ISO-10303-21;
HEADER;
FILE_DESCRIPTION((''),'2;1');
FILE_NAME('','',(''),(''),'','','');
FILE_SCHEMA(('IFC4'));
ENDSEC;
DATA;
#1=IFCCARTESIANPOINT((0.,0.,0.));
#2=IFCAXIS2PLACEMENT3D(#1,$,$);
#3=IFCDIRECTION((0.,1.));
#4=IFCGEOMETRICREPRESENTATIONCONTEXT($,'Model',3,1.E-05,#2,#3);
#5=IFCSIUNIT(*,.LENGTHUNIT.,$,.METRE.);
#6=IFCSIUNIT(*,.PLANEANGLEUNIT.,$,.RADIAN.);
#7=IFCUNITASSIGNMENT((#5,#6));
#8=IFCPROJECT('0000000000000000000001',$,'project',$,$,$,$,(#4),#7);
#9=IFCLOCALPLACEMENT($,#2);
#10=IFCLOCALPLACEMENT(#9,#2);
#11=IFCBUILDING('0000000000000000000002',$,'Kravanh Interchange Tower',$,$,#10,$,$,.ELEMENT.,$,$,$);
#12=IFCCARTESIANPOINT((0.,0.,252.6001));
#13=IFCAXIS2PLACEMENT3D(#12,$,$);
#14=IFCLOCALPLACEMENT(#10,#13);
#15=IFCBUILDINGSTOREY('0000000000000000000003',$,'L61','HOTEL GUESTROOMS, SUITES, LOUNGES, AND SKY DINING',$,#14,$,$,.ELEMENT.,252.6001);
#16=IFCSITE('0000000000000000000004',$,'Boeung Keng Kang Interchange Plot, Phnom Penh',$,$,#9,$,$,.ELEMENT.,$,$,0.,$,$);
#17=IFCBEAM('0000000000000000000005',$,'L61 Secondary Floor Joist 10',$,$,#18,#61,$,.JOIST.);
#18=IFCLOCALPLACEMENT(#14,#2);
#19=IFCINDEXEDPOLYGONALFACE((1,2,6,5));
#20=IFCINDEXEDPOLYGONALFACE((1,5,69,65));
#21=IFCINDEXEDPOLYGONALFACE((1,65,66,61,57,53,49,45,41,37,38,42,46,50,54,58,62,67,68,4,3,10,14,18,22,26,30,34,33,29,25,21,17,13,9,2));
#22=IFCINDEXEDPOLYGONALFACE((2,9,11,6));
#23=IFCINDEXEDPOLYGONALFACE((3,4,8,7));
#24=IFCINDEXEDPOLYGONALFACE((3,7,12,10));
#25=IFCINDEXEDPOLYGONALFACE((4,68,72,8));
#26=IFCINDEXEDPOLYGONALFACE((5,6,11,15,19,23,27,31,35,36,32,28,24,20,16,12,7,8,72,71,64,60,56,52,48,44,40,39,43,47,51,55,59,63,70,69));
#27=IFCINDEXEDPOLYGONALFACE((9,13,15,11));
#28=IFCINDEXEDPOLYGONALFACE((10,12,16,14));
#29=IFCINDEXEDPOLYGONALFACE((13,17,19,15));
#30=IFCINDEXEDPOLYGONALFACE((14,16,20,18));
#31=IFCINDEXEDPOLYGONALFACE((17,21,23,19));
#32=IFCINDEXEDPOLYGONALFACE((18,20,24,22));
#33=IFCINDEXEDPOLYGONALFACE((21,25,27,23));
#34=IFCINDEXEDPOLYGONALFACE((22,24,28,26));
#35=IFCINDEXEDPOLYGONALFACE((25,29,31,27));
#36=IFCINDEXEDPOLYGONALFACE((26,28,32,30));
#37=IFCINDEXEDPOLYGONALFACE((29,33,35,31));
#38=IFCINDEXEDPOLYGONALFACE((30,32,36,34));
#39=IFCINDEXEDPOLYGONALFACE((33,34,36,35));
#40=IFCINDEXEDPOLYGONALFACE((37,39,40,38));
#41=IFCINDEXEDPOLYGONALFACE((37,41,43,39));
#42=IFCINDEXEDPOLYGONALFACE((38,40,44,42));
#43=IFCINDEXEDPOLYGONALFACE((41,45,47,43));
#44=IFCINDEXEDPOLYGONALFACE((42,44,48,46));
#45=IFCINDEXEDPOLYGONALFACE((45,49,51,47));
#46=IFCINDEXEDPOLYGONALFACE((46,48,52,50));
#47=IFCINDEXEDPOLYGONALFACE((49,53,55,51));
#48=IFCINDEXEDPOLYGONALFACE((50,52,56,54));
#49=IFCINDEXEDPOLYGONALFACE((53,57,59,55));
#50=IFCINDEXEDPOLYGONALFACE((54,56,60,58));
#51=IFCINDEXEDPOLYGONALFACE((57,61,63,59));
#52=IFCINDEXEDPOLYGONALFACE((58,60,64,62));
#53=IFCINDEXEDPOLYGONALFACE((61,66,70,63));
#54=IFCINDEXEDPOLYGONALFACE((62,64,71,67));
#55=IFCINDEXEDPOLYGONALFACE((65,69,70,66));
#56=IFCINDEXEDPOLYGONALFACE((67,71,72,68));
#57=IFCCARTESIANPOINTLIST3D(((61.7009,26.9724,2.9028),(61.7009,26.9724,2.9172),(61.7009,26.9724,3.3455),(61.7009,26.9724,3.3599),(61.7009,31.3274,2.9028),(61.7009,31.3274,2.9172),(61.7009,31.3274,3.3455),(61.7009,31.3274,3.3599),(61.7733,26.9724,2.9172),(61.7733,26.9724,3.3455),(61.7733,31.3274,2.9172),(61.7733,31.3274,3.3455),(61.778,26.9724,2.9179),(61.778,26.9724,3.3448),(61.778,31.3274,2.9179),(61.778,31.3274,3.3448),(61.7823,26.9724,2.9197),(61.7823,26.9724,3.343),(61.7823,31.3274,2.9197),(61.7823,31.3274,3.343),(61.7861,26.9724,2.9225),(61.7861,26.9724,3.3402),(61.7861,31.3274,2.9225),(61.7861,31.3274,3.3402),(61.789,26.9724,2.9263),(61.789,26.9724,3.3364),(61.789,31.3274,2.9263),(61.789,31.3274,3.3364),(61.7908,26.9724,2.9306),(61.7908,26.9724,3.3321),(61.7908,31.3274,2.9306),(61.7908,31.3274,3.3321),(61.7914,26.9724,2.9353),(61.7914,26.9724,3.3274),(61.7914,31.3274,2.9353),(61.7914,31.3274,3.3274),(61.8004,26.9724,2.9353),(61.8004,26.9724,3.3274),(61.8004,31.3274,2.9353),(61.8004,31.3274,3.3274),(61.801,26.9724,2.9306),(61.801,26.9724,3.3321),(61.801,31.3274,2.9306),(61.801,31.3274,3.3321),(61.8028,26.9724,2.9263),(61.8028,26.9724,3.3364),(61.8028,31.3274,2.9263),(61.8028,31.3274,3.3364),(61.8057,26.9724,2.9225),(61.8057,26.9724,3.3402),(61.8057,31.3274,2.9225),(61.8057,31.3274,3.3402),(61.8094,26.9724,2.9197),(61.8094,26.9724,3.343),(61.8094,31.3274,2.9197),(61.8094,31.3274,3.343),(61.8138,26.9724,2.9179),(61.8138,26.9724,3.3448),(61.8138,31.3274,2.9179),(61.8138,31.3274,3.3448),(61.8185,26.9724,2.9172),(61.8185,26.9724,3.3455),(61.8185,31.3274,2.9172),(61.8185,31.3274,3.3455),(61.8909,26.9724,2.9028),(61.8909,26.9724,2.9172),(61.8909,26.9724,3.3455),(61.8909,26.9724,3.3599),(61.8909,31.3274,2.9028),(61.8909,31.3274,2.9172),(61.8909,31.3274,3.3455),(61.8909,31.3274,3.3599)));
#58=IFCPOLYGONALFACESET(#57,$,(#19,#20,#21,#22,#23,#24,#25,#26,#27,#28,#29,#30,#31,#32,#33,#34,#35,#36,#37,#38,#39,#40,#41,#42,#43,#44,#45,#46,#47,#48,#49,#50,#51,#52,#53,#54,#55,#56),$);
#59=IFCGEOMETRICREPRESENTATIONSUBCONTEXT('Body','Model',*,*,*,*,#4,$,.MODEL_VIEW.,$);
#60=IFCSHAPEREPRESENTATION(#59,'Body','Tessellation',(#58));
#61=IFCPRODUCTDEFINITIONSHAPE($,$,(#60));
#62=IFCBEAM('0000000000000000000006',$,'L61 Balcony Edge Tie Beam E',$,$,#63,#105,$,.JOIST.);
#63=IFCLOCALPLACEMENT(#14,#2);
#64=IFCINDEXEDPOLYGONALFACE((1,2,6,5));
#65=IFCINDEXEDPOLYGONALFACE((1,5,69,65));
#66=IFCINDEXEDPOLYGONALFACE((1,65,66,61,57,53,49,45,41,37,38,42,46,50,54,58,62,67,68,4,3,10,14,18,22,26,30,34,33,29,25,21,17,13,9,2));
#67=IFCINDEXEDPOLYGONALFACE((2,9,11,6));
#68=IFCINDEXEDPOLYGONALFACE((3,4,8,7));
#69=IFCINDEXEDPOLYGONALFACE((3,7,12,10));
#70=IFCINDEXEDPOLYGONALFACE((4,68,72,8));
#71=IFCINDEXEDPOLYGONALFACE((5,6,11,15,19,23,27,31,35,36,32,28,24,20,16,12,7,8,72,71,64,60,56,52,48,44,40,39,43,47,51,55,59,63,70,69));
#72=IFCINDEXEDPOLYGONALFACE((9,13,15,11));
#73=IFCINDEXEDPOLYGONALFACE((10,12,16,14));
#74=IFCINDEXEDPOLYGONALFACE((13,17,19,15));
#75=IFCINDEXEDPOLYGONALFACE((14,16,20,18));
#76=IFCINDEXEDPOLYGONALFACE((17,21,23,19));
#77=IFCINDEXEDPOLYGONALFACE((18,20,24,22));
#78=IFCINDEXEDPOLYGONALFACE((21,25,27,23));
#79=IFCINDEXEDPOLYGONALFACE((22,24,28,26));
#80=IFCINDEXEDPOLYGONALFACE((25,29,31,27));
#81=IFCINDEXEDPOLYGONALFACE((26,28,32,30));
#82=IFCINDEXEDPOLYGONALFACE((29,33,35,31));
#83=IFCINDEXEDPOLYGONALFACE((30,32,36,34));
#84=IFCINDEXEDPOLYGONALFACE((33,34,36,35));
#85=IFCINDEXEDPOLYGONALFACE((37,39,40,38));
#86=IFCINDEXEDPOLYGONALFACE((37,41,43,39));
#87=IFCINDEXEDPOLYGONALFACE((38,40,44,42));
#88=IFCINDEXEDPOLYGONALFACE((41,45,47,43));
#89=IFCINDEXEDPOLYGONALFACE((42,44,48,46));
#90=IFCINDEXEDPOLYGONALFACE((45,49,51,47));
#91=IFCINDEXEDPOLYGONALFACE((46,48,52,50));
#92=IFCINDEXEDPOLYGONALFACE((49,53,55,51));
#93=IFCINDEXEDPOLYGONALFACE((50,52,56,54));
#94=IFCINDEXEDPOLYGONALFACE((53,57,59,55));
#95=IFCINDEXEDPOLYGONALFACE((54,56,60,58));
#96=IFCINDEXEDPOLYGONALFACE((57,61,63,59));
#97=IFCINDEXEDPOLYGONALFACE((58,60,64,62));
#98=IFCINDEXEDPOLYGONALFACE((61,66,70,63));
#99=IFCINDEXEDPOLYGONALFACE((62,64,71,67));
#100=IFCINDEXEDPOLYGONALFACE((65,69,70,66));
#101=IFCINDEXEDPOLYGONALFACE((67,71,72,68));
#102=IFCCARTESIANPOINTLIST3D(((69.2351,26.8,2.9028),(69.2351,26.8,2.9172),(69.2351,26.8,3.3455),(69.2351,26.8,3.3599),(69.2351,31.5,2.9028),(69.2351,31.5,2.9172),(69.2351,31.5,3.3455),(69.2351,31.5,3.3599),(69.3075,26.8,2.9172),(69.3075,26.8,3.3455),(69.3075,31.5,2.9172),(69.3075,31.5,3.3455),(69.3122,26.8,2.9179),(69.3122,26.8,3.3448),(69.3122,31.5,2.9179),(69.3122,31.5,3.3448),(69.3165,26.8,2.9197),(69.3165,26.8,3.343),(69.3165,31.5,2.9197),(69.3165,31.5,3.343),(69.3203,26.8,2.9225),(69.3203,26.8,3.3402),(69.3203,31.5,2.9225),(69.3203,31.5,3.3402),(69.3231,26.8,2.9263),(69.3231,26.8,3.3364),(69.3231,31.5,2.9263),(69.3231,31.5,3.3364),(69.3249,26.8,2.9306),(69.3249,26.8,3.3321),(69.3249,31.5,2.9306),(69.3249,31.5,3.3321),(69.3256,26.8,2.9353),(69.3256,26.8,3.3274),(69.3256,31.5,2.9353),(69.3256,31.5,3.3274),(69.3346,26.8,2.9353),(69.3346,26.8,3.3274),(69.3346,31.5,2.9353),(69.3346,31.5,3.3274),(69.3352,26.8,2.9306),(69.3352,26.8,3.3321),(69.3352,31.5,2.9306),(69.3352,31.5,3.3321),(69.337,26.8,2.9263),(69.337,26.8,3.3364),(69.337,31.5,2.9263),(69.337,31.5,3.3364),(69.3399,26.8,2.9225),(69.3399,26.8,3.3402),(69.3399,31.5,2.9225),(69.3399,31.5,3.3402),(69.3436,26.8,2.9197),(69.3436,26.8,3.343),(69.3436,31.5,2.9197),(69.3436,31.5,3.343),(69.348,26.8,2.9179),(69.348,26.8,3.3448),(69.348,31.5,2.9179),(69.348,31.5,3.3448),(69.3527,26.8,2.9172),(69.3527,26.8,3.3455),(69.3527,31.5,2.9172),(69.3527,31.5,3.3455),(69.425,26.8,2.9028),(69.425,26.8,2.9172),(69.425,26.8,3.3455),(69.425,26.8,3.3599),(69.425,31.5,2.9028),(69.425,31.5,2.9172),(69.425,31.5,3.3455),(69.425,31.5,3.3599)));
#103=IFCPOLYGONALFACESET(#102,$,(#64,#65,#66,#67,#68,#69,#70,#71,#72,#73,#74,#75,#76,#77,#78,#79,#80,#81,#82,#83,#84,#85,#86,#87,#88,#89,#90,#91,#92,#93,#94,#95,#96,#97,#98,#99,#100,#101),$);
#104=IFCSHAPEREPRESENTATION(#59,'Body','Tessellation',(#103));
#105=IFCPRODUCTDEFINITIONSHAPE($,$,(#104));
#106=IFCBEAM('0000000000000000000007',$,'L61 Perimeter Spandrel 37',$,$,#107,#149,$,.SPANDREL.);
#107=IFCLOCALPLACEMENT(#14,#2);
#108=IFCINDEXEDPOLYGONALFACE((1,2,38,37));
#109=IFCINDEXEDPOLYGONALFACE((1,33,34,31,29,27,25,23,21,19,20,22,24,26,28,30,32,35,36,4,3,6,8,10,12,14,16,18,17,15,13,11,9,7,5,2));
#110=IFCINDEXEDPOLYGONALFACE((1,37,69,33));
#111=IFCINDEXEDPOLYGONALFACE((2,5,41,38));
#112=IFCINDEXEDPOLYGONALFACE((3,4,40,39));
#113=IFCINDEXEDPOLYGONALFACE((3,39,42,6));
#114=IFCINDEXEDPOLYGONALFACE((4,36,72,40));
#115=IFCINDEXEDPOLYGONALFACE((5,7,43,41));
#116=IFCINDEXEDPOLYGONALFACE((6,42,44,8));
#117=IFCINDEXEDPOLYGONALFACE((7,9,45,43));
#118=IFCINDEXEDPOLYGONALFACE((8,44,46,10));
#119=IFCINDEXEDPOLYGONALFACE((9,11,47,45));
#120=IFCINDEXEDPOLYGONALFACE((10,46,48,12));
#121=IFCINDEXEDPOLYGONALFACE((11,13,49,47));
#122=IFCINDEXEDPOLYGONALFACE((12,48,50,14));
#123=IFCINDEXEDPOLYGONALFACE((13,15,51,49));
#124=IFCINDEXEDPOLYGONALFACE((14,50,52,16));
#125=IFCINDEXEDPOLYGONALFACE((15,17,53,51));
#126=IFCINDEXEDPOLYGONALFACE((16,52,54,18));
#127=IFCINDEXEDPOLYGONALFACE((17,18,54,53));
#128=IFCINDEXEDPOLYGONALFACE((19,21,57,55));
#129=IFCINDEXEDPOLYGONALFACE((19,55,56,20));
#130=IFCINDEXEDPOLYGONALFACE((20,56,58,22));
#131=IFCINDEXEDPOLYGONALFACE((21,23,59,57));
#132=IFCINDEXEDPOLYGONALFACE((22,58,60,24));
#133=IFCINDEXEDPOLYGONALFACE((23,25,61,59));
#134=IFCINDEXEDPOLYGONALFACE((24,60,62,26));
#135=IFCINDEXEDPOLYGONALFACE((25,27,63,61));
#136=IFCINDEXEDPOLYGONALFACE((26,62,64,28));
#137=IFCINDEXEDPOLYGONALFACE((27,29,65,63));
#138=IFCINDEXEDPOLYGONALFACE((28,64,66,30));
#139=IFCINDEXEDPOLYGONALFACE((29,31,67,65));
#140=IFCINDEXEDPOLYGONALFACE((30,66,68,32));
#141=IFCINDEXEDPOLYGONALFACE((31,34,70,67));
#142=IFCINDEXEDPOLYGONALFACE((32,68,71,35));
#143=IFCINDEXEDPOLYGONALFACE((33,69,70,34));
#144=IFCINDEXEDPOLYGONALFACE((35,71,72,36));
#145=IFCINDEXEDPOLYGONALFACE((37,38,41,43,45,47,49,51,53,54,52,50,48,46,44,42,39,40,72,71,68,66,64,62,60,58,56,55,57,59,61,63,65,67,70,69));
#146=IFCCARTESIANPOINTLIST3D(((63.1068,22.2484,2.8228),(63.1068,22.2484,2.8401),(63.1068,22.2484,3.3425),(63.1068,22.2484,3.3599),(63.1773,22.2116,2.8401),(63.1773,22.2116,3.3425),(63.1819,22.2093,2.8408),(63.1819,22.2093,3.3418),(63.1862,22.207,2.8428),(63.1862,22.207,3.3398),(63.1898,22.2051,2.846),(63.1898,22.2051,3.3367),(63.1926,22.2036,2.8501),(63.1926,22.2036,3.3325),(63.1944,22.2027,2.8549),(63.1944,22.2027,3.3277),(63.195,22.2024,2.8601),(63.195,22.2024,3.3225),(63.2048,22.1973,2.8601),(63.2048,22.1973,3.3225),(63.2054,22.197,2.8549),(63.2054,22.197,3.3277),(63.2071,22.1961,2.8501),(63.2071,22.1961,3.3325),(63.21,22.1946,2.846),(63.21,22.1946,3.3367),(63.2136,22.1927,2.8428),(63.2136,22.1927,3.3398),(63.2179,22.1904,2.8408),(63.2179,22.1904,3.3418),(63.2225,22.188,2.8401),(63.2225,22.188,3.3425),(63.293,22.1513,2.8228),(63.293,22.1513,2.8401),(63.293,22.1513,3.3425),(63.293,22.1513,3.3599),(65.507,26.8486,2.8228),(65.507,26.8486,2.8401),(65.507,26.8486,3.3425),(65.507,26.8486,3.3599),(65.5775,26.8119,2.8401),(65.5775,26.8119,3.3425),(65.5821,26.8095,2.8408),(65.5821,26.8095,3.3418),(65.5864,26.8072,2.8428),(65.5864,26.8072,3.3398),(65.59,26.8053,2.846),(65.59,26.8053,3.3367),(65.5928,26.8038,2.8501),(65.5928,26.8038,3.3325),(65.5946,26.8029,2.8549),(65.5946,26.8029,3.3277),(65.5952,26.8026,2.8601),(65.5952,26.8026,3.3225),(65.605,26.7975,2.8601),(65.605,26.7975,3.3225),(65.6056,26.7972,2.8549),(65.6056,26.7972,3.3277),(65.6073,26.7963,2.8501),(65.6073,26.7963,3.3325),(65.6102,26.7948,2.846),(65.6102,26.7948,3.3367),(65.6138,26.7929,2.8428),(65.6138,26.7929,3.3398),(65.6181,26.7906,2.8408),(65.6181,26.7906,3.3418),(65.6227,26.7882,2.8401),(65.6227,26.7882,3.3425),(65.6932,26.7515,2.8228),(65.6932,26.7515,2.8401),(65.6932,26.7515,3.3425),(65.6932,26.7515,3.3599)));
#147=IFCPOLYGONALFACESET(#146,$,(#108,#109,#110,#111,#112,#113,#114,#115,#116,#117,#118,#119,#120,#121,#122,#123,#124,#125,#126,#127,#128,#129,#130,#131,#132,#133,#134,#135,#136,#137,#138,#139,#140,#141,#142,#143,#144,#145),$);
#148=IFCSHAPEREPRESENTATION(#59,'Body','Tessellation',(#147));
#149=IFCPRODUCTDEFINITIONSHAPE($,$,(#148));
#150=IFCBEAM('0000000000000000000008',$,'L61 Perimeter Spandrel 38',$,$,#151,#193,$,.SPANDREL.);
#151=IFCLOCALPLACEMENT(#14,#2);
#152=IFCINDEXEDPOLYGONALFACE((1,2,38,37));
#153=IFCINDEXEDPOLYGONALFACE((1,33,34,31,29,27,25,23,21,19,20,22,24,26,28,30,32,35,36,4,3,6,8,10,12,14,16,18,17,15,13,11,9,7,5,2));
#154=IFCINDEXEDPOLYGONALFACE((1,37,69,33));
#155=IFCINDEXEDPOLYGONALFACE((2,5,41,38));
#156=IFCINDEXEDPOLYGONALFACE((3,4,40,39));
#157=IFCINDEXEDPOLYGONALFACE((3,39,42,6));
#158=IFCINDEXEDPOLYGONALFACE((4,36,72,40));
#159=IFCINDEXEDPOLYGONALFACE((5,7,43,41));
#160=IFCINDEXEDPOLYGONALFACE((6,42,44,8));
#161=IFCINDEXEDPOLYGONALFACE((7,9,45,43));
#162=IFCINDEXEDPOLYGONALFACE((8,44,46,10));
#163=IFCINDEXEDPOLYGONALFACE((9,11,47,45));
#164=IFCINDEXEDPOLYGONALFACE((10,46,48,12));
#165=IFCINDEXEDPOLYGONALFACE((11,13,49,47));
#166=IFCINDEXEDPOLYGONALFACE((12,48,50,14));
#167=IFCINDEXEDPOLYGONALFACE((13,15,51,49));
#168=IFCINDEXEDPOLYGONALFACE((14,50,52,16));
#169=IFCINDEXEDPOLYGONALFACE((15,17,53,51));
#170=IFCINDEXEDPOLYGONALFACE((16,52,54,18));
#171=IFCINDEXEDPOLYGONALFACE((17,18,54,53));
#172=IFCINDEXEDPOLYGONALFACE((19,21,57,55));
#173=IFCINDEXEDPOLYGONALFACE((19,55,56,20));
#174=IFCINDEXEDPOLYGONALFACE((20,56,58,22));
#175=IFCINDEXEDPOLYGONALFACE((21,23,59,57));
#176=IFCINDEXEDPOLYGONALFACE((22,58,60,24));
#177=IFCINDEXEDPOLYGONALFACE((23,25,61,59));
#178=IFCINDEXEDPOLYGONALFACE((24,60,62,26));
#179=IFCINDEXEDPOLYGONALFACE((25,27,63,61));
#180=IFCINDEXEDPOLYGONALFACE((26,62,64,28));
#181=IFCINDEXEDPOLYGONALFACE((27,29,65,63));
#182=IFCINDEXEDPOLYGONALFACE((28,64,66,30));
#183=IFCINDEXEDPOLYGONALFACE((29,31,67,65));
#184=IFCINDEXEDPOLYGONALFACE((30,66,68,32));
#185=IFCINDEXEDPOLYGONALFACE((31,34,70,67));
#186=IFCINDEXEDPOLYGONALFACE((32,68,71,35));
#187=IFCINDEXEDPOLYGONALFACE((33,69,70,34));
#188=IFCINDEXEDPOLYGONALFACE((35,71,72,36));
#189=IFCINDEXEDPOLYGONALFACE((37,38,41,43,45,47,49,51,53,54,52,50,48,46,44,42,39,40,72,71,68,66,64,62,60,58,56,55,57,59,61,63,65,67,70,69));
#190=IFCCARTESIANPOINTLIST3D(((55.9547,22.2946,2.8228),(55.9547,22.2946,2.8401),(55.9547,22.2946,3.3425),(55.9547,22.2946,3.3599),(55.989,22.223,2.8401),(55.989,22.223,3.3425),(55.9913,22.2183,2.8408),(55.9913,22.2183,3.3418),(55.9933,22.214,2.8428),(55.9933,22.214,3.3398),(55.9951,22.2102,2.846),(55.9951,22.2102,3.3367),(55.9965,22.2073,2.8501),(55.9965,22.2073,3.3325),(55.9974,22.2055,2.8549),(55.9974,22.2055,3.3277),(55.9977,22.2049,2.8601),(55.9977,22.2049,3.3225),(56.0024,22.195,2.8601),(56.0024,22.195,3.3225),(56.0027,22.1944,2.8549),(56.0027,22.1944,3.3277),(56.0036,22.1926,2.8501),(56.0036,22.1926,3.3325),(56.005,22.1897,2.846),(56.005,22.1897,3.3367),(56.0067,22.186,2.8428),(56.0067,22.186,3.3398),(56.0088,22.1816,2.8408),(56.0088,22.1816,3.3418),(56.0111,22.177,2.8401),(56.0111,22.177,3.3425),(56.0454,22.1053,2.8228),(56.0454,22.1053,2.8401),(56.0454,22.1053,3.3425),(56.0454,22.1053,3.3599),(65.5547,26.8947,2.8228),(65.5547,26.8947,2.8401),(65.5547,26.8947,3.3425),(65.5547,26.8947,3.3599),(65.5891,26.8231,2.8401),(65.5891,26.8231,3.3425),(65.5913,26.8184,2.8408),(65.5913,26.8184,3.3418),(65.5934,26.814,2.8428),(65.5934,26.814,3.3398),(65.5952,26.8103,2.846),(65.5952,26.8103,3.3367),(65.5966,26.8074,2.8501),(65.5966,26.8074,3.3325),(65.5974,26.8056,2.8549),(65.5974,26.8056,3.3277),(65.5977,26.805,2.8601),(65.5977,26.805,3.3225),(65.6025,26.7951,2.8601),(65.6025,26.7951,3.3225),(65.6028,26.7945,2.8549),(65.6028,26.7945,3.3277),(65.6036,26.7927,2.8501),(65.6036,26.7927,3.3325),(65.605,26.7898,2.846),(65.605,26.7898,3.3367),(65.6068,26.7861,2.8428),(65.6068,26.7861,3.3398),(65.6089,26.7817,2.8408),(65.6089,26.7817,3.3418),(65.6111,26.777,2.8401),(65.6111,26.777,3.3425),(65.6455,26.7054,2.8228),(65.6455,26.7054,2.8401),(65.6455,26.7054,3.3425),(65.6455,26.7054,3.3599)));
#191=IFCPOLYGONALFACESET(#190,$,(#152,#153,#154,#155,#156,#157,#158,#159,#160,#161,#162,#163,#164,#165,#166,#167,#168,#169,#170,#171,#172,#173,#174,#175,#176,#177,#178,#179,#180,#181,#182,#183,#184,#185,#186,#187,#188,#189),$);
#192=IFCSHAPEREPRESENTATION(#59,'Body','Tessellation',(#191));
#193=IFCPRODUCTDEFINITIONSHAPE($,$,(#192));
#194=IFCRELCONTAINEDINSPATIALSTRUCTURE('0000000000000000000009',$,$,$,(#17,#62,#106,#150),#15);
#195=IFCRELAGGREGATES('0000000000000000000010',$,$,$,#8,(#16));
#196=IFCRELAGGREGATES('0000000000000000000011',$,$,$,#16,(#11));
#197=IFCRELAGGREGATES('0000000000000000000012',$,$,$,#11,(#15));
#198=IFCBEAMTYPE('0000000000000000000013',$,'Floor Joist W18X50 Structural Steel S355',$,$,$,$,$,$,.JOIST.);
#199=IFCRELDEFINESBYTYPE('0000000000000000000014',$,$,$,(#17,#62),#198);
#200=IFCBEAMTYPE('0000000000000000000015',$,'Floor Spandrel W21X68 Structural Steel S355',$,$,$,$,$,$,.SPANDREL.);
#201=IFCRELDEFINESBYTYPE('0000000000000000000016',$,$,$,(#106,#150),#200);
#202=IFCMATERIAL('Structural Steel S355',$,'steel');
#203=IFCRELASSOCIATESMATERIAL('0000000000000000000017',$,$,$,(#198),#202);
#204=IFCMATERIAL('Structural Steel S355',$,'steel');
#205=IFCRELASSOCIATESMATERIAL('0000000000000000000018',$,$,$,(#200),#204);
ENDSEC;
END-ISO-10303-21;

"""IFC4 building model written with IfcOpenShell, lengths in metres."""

from ifc_helpers import new_model, si_unit, direction, frame, origin, origin_2d, place, context, subcontext, project, spatial, i_section, extrude, material, material_profile, profile_set, type_object, element, save


model = new_model("IFC4")

# Units and contexts
model_context = context("Model", 3, precision=1e-05, world=origin(), true_north=direction((0.0, 1.0)))
body_context = subcontext(model_context, "Body", "Model", "MODEL_VIEW")
ifc_project = project(units=[si_unit("LENGTHUNIT", "METRE"), si_unit("PLANEANGLEUNIT", "RADIAN")], contexts=[model_context])

# Site, building, storey
site_placement = place(None, origin())
site = spatial("IfcSite", under=ifc_project, at=site_placement, Name="Boeung Keng Kang Interchange Plot, Phnom Penh", CompositionType="ELEMENT", RefElevation=0.0)
building_placement = place(site_placement, origin())
building = spatial("IfcBuilding", under=site, at=building_placement, Name="Kravanh Interchange Tower", CompositionType="ELEMENT")
storey_placement = place(building_placement, frame((0.0, 0.0, 252.6001)))
storey = spatial("IfcBuildingStorey", under=building, at=storey_placement, Name="L61", Description="HOTEL GUESTROOMS, SUITES, LOUNGES, AND SKY DINING", CompositionType="ELEMENT", Elevation=252.6001)

# Beams
ifc_material_1 = material(Name="Structural Steel S355", Category="steel")
ifc_material_profile_1 = material_profile(ifc_material_1, i_section(OverallWidth=0.1899, OverallDepth=0.457, WebThickness=0.009, FlangeThickness=0.0144, FilletRadius=0.0181, at=origin_2d()), Name="W18X50")
ifc_profile_set_1 = profile_set([ifc_material_profile_1], Name="Structural Steel S355")
beam_type_1 = type_object("IfcBeamType", Name="Floor Joist W18X50 Structural Steel S355", PredefinedType="JOIST", material=ifc_profile_set_1)
for number, where, z_axis, x_axis, name in (
    (1, (61.7959, 26.9724, 3.1313), (0.0, 1.0, 0.0), (-1.0, 0.0, 0.0), "L61 Secondary Floor Joist 10"),
):
    element("IfcBeam", number, at=place(storey_placement, frame(where, z_axis=z_axis, x_axis=x_axis)), inside=storey, type_object=beam_type_1, Name=name, PredefinedType="JOIST", context=body_context, shape_type="SweptSolid", body=[
        extrude(i_section(OverallWidth=0.1899, OverallDepth=0.457, WebThickness=0.009, FlangeThickness=0.0144, FilletRadius=0.0181, at=origin_2d()), origin(), (0.0, 0.0, 1.0), 4.355),
    ])
beam_1_placement = place(storey_placement, frame((69.3301, 26.8, 3.1313), z_axis=(0.0, 1.0, 0.0), x_axis=(-1.0, 0.0, 0.0)))
element("IfcBeam", 2, at=beam_1_placement, inside=storey, type_object=beam_type_1, Name="L61 Balcony Edge Tie Beam E", PredefinedType="JOIST", context=body_context, shape_type="SweptSolid", body=[
    extrude(i_section(OverallWidth=0.1899, OverallDepth=0.457, WebThickness=0.009, FlangeThickness=0.0144, FilletRadius=0.0181, at=origin_2d()), origin(), (0.0, 0.0, 1.0), 4.7),
])
ifc_material_2 = material(Name="Structural Steel S355", Category="steel")
ifc_material_profile_2 = material_profile(ifc_material_2, i_section(OverallWidth=0.21, OverallDepth=0.5371, WebThickness=0.011, FlangeThickness=0.0173, FilletRadius=0.02, at=origin_2d()), Name="W21X68")
ifc_profile_set_2 = profile_set([ifc_material_profile_2], Name="Structural Steel S355")
beam_type_2 = type_object("IfcBeamType", Name="Floor Spandrel W21X68 Structural Steel S355", PredefinedType="SPANDREL", material=ifc_profile_set_2)
beam_2_placement = place(storey_placement, frame((65.6001, 26.8, 3.0913), z_axis=(-0.46258, -0.886577, 0.0), x_axis=(0.886577, -0.46258, 0.0)))
element("IfcBeam", 3, at=beam_2_placement, inside=storey, type_object=beam_type_2, Name="L61 Perimeter Spandrel 37", PredefinedType="SPANDREL", context=body_context, shape_type="SweptSolid", body=[
    extrude(i_section(OverallWidth=0.21, OverallDepth=0.5371, WebThickness=0.011, FlangeThickness=0.0173, FilletRadius=0.02, at=origin_2d()), origin(), (0.0, 0.0, 1.0), 5.1887),
])
beam_3_placement = place(storey_placement, frame((65.6001, 26.8, 3.0913), z_axis=(-0.901814, -0.432124, 0.0), x_axis=(0.432124, -0.901814, 0.0)))
element("IfcBeam", 4, at=beam_3_placement, inside=storey, type_object=beam_type_2, Name="L61 Perimeter Spandrel 38", PredefinedType="SPANDREL", context=body_context, shape_type="SweptSolid", body=[
    extrude(i_section(OverallWidth=0.21, OverallDepth=0.5371, WebThickness=0.011, FlangeThickness=0.0173, FilletRadius=0.02, at=origin_2d()), origin(), (0.0, 0.0, 1.0), 10.6453),
])

save(model, "model.ifc")
